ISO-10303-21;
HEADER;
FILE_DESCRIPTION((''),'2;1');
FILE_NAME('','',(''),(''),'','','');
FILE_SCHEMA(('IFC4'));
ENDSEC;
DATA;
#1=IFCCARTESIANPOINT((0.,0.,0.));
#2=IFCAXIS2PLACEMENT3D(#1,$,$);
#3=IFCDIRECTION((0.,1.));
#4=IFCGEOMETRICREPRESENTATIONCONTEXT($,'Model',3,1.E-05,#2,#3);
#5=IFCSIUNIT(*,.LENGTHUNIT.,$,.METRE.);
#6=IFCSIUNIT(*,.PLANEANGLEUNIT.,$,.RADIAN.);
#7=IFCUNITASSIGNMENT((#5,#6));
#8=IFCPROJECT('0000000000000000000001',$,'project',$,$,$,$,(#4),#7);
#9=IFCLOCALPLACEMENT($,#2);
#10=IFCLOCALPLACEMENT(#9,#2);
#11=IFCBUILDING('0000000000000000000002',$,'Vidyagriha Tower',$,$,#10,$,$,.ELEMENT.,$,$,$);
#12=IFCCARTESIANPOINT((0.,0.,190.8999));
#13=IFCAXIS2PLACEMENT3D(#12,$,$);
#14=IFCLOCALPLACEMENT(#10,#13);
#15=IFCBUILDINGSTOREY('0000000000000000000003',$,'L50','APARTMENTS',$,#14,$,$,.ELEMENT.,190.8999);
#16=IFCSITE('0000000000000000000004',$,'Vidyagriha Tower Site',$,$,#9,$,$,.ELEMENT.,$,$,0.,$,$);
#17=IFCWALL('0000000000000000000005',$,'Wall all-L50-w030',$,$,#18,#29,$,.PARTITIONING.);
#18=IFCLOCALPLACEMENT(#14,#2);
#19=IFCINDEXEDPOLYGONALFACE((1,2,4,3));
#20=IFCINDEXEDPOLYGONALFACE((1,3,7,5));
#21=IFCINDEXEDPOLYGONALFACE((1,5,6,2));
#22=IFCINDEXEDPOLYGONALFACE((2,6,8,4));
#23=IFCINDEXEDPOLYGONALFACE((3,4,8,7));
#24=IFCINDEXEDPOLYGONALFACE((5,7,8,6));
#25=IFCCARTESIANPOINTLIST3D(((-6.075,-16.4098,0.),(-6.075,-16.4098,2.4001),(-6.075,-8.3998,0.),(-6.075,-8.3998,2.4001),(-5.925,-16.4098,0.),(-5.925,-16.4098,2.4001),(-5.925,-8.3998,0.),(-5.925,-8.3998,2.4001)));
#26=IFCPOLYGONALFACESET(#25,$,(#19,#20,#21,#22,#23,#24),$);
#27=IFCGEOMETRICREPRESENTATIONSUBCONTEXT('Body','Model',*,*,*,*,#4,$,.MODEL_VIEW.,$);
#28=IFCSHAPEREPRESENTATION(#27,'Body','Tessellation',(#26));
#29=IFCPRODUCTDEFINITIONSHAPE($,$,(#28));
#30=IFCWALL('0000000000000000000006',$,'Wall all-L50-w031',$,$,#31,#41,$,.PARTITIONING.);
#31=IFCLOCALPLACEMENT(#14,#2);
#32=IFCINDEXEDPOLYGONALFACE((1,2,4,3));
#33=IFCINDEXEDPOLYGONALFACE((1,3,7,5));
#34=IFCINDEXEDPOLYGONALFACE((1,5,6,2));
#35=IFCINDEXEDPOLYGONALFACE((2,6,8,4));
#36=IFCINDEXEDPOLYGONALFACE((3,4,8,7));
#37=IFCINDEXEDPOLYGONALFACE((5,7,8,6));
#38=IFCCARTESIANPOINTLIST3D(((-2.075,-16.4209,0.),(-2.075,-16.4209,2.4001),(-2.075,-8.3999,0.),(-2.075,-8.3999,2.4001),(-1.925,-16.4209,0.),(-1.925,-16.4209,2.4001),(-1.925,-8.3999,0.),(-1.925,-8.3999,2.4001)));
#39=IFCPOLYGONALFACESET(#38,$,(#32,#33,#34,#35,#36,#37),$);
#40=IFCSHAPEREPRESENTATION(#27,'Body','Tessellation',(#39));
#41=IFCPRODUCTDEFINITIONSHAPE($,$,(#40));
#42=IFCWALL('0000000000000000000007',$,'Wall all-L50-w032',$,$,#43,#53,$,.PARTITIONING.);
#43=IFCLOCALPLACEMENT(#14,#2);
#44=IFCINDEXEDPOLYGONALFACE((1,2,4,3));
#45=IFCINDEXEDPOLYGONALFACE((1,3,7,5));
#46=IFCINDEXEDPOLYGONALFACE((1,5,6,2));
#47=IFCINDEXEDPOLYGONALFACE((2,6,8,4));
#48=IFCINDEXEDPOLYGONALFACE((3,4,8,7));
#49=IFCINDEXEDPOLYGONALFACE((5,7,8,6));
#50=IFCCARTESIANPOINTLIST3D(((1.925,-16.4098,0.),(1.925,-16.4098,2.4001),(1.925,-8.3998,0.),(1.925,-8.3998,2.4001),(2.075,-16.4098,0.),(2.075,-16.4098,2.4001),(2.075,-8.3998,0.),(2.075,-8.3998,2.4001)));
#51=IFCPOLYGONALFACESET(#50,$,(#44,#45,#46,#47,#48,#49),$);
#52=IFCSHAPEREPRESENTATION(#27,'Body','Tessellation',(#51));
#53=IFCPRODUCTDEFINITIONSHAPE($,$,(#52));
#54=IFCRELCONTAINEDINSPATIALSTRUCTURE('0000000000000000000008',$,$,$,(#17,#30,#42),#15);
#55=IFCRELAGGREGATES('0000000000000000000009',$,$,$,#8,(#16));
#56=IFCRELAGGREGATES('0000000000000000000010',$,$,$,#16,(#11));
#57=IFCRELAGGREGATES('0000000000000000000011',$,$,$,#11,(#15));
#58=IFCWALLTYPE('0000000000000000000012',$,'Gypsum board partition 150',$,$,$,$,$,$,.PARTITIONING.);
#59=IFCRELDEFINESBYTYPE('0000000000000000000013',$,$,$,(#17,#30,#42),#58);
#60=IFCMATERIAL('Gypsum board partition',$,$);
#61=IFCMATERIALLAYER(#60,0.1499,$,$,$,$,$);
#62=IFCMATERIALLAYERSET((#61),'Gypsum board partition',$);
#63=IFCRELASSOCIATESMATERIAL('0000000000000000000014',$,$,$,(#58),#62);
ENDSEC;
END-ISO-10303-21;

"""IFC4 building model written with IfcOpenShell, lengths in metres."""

from ifc_helpers import new_model, si_unit, direction, frame, frame_2d, origin, place, context, subcontext, project, spatial, rectangle, extrude, material, layer, layer_set, type_object, element, save


model = new_model("IFC4")

# Units and contexts
model_context = context("Model", 3, precision=1e-05, world=origin(), true_north=direction((0.0, 1.0)))
body_context = subcontext(model_context, "Body", "Model", "MODEL_VIEW")
ifc_project = project(units=[si_unit("LENGTHUNIT", "METRE"), si_unit("PLANEANGLEUNIT", "RADIAN")], contexts=[model_context])

# Site, building, storey
site_placement = place(None, origin())
site = spatial("IfcSite", under=ifc_project, at=site_placement, Name="Vidyagriha Tower Site", CompositionType="ELEMENT", RefElevation=0.0)
building_placement = place(site_placement, origin())
building = spatial("IfcBuilding", under=site, at=building_placement, Name="Vidyagriha Tower", CompositionType="ELEMENT")
storey_placement = place(building_placement, frame((0.0, 0.0, 190.8999)))
storey = spatial("IfcBuildingStorey", under=building, at=storey_placement, Name="L50", Description="APARTMENTS", CompositionType="ELEMENT", Elevation=190.8999)

# Shared definitions
ifc_material_1 = material(Name="Gypsum board partition")
ifc_layer_1 = layer(ifc_material_1, 0.1499)
ifc_layer_set_1 = layer_set([ifc_layer_1], Name="Gypsum board partition")
wall_type_1 = type_object("IfcWallType", Name="Gypsum board partition 150", PredefinedType="PARTITIONING", material=ifc_layer_set_1)

# Walls
wall_1_placement = place(storey_placement, frame((-6.0, -8.3999, 0.0), z_axis=(0.0, 0.0, 1.0), x_axis=(0.0, -1.0, 0.0)))
element("IfcWall", 1, at=wall_1_placement, inside=storey, type_object=wall_type_1, Name="Wall all-L50-w030", PredefinedType="PARTITIONING", context=body_context, shape_type="SweptSolid", body=[
    extrude(rectangle(XDim=8.01, YDim=0.1499, at=frame_2d((4.0049, 0.0))), origin(), (0.0, 0.0, 1.0), 2.4001),
])
wall_2_placement = place(storey_placement, frame((-2.0, -8.3999, 0.0), z_axis=(0.0, 0.0, 1.0), x_axis=(0.0, -1.0, 0.0)))
element("IfcWall", 2, at=wall_2_placement, inside=storey, type_object=wall_type_1, Name="Wall all-L50-w031", PredefinedType="PARTITIONING", context=body_context, shape_type="SweptSolid", body=[
    extrude(rectangle(XDim=8.021, YDim=0.1499, at=frame_2d((4.0105, 0.0))), origin(), (0.0, 0.0, 1.0), 2.4001),
])
wall_3_placement = place(storey_placement, frame((2.0, -8.3999, 0.0), z_axis=(0.0, 0.0, 1.0), x_axis=(0.0, -1.0, 0.0)))
element("IfcWall", 3, at=wall_3_placement, inside=storey, type_object=wall_type_1, Name="Wall all-L50-w032", PredefinedType="PARTITIONING", context=body_context, shape_type="SweptSolid", body=[
    extrude(rectangle(XDim=8.01, YDim=0.1499, at=frame_2d((4.0049, 0.0))), origin(), (0.0, 0.0, 1.0), 2.4001),
])

save(model, "model.ifc")
